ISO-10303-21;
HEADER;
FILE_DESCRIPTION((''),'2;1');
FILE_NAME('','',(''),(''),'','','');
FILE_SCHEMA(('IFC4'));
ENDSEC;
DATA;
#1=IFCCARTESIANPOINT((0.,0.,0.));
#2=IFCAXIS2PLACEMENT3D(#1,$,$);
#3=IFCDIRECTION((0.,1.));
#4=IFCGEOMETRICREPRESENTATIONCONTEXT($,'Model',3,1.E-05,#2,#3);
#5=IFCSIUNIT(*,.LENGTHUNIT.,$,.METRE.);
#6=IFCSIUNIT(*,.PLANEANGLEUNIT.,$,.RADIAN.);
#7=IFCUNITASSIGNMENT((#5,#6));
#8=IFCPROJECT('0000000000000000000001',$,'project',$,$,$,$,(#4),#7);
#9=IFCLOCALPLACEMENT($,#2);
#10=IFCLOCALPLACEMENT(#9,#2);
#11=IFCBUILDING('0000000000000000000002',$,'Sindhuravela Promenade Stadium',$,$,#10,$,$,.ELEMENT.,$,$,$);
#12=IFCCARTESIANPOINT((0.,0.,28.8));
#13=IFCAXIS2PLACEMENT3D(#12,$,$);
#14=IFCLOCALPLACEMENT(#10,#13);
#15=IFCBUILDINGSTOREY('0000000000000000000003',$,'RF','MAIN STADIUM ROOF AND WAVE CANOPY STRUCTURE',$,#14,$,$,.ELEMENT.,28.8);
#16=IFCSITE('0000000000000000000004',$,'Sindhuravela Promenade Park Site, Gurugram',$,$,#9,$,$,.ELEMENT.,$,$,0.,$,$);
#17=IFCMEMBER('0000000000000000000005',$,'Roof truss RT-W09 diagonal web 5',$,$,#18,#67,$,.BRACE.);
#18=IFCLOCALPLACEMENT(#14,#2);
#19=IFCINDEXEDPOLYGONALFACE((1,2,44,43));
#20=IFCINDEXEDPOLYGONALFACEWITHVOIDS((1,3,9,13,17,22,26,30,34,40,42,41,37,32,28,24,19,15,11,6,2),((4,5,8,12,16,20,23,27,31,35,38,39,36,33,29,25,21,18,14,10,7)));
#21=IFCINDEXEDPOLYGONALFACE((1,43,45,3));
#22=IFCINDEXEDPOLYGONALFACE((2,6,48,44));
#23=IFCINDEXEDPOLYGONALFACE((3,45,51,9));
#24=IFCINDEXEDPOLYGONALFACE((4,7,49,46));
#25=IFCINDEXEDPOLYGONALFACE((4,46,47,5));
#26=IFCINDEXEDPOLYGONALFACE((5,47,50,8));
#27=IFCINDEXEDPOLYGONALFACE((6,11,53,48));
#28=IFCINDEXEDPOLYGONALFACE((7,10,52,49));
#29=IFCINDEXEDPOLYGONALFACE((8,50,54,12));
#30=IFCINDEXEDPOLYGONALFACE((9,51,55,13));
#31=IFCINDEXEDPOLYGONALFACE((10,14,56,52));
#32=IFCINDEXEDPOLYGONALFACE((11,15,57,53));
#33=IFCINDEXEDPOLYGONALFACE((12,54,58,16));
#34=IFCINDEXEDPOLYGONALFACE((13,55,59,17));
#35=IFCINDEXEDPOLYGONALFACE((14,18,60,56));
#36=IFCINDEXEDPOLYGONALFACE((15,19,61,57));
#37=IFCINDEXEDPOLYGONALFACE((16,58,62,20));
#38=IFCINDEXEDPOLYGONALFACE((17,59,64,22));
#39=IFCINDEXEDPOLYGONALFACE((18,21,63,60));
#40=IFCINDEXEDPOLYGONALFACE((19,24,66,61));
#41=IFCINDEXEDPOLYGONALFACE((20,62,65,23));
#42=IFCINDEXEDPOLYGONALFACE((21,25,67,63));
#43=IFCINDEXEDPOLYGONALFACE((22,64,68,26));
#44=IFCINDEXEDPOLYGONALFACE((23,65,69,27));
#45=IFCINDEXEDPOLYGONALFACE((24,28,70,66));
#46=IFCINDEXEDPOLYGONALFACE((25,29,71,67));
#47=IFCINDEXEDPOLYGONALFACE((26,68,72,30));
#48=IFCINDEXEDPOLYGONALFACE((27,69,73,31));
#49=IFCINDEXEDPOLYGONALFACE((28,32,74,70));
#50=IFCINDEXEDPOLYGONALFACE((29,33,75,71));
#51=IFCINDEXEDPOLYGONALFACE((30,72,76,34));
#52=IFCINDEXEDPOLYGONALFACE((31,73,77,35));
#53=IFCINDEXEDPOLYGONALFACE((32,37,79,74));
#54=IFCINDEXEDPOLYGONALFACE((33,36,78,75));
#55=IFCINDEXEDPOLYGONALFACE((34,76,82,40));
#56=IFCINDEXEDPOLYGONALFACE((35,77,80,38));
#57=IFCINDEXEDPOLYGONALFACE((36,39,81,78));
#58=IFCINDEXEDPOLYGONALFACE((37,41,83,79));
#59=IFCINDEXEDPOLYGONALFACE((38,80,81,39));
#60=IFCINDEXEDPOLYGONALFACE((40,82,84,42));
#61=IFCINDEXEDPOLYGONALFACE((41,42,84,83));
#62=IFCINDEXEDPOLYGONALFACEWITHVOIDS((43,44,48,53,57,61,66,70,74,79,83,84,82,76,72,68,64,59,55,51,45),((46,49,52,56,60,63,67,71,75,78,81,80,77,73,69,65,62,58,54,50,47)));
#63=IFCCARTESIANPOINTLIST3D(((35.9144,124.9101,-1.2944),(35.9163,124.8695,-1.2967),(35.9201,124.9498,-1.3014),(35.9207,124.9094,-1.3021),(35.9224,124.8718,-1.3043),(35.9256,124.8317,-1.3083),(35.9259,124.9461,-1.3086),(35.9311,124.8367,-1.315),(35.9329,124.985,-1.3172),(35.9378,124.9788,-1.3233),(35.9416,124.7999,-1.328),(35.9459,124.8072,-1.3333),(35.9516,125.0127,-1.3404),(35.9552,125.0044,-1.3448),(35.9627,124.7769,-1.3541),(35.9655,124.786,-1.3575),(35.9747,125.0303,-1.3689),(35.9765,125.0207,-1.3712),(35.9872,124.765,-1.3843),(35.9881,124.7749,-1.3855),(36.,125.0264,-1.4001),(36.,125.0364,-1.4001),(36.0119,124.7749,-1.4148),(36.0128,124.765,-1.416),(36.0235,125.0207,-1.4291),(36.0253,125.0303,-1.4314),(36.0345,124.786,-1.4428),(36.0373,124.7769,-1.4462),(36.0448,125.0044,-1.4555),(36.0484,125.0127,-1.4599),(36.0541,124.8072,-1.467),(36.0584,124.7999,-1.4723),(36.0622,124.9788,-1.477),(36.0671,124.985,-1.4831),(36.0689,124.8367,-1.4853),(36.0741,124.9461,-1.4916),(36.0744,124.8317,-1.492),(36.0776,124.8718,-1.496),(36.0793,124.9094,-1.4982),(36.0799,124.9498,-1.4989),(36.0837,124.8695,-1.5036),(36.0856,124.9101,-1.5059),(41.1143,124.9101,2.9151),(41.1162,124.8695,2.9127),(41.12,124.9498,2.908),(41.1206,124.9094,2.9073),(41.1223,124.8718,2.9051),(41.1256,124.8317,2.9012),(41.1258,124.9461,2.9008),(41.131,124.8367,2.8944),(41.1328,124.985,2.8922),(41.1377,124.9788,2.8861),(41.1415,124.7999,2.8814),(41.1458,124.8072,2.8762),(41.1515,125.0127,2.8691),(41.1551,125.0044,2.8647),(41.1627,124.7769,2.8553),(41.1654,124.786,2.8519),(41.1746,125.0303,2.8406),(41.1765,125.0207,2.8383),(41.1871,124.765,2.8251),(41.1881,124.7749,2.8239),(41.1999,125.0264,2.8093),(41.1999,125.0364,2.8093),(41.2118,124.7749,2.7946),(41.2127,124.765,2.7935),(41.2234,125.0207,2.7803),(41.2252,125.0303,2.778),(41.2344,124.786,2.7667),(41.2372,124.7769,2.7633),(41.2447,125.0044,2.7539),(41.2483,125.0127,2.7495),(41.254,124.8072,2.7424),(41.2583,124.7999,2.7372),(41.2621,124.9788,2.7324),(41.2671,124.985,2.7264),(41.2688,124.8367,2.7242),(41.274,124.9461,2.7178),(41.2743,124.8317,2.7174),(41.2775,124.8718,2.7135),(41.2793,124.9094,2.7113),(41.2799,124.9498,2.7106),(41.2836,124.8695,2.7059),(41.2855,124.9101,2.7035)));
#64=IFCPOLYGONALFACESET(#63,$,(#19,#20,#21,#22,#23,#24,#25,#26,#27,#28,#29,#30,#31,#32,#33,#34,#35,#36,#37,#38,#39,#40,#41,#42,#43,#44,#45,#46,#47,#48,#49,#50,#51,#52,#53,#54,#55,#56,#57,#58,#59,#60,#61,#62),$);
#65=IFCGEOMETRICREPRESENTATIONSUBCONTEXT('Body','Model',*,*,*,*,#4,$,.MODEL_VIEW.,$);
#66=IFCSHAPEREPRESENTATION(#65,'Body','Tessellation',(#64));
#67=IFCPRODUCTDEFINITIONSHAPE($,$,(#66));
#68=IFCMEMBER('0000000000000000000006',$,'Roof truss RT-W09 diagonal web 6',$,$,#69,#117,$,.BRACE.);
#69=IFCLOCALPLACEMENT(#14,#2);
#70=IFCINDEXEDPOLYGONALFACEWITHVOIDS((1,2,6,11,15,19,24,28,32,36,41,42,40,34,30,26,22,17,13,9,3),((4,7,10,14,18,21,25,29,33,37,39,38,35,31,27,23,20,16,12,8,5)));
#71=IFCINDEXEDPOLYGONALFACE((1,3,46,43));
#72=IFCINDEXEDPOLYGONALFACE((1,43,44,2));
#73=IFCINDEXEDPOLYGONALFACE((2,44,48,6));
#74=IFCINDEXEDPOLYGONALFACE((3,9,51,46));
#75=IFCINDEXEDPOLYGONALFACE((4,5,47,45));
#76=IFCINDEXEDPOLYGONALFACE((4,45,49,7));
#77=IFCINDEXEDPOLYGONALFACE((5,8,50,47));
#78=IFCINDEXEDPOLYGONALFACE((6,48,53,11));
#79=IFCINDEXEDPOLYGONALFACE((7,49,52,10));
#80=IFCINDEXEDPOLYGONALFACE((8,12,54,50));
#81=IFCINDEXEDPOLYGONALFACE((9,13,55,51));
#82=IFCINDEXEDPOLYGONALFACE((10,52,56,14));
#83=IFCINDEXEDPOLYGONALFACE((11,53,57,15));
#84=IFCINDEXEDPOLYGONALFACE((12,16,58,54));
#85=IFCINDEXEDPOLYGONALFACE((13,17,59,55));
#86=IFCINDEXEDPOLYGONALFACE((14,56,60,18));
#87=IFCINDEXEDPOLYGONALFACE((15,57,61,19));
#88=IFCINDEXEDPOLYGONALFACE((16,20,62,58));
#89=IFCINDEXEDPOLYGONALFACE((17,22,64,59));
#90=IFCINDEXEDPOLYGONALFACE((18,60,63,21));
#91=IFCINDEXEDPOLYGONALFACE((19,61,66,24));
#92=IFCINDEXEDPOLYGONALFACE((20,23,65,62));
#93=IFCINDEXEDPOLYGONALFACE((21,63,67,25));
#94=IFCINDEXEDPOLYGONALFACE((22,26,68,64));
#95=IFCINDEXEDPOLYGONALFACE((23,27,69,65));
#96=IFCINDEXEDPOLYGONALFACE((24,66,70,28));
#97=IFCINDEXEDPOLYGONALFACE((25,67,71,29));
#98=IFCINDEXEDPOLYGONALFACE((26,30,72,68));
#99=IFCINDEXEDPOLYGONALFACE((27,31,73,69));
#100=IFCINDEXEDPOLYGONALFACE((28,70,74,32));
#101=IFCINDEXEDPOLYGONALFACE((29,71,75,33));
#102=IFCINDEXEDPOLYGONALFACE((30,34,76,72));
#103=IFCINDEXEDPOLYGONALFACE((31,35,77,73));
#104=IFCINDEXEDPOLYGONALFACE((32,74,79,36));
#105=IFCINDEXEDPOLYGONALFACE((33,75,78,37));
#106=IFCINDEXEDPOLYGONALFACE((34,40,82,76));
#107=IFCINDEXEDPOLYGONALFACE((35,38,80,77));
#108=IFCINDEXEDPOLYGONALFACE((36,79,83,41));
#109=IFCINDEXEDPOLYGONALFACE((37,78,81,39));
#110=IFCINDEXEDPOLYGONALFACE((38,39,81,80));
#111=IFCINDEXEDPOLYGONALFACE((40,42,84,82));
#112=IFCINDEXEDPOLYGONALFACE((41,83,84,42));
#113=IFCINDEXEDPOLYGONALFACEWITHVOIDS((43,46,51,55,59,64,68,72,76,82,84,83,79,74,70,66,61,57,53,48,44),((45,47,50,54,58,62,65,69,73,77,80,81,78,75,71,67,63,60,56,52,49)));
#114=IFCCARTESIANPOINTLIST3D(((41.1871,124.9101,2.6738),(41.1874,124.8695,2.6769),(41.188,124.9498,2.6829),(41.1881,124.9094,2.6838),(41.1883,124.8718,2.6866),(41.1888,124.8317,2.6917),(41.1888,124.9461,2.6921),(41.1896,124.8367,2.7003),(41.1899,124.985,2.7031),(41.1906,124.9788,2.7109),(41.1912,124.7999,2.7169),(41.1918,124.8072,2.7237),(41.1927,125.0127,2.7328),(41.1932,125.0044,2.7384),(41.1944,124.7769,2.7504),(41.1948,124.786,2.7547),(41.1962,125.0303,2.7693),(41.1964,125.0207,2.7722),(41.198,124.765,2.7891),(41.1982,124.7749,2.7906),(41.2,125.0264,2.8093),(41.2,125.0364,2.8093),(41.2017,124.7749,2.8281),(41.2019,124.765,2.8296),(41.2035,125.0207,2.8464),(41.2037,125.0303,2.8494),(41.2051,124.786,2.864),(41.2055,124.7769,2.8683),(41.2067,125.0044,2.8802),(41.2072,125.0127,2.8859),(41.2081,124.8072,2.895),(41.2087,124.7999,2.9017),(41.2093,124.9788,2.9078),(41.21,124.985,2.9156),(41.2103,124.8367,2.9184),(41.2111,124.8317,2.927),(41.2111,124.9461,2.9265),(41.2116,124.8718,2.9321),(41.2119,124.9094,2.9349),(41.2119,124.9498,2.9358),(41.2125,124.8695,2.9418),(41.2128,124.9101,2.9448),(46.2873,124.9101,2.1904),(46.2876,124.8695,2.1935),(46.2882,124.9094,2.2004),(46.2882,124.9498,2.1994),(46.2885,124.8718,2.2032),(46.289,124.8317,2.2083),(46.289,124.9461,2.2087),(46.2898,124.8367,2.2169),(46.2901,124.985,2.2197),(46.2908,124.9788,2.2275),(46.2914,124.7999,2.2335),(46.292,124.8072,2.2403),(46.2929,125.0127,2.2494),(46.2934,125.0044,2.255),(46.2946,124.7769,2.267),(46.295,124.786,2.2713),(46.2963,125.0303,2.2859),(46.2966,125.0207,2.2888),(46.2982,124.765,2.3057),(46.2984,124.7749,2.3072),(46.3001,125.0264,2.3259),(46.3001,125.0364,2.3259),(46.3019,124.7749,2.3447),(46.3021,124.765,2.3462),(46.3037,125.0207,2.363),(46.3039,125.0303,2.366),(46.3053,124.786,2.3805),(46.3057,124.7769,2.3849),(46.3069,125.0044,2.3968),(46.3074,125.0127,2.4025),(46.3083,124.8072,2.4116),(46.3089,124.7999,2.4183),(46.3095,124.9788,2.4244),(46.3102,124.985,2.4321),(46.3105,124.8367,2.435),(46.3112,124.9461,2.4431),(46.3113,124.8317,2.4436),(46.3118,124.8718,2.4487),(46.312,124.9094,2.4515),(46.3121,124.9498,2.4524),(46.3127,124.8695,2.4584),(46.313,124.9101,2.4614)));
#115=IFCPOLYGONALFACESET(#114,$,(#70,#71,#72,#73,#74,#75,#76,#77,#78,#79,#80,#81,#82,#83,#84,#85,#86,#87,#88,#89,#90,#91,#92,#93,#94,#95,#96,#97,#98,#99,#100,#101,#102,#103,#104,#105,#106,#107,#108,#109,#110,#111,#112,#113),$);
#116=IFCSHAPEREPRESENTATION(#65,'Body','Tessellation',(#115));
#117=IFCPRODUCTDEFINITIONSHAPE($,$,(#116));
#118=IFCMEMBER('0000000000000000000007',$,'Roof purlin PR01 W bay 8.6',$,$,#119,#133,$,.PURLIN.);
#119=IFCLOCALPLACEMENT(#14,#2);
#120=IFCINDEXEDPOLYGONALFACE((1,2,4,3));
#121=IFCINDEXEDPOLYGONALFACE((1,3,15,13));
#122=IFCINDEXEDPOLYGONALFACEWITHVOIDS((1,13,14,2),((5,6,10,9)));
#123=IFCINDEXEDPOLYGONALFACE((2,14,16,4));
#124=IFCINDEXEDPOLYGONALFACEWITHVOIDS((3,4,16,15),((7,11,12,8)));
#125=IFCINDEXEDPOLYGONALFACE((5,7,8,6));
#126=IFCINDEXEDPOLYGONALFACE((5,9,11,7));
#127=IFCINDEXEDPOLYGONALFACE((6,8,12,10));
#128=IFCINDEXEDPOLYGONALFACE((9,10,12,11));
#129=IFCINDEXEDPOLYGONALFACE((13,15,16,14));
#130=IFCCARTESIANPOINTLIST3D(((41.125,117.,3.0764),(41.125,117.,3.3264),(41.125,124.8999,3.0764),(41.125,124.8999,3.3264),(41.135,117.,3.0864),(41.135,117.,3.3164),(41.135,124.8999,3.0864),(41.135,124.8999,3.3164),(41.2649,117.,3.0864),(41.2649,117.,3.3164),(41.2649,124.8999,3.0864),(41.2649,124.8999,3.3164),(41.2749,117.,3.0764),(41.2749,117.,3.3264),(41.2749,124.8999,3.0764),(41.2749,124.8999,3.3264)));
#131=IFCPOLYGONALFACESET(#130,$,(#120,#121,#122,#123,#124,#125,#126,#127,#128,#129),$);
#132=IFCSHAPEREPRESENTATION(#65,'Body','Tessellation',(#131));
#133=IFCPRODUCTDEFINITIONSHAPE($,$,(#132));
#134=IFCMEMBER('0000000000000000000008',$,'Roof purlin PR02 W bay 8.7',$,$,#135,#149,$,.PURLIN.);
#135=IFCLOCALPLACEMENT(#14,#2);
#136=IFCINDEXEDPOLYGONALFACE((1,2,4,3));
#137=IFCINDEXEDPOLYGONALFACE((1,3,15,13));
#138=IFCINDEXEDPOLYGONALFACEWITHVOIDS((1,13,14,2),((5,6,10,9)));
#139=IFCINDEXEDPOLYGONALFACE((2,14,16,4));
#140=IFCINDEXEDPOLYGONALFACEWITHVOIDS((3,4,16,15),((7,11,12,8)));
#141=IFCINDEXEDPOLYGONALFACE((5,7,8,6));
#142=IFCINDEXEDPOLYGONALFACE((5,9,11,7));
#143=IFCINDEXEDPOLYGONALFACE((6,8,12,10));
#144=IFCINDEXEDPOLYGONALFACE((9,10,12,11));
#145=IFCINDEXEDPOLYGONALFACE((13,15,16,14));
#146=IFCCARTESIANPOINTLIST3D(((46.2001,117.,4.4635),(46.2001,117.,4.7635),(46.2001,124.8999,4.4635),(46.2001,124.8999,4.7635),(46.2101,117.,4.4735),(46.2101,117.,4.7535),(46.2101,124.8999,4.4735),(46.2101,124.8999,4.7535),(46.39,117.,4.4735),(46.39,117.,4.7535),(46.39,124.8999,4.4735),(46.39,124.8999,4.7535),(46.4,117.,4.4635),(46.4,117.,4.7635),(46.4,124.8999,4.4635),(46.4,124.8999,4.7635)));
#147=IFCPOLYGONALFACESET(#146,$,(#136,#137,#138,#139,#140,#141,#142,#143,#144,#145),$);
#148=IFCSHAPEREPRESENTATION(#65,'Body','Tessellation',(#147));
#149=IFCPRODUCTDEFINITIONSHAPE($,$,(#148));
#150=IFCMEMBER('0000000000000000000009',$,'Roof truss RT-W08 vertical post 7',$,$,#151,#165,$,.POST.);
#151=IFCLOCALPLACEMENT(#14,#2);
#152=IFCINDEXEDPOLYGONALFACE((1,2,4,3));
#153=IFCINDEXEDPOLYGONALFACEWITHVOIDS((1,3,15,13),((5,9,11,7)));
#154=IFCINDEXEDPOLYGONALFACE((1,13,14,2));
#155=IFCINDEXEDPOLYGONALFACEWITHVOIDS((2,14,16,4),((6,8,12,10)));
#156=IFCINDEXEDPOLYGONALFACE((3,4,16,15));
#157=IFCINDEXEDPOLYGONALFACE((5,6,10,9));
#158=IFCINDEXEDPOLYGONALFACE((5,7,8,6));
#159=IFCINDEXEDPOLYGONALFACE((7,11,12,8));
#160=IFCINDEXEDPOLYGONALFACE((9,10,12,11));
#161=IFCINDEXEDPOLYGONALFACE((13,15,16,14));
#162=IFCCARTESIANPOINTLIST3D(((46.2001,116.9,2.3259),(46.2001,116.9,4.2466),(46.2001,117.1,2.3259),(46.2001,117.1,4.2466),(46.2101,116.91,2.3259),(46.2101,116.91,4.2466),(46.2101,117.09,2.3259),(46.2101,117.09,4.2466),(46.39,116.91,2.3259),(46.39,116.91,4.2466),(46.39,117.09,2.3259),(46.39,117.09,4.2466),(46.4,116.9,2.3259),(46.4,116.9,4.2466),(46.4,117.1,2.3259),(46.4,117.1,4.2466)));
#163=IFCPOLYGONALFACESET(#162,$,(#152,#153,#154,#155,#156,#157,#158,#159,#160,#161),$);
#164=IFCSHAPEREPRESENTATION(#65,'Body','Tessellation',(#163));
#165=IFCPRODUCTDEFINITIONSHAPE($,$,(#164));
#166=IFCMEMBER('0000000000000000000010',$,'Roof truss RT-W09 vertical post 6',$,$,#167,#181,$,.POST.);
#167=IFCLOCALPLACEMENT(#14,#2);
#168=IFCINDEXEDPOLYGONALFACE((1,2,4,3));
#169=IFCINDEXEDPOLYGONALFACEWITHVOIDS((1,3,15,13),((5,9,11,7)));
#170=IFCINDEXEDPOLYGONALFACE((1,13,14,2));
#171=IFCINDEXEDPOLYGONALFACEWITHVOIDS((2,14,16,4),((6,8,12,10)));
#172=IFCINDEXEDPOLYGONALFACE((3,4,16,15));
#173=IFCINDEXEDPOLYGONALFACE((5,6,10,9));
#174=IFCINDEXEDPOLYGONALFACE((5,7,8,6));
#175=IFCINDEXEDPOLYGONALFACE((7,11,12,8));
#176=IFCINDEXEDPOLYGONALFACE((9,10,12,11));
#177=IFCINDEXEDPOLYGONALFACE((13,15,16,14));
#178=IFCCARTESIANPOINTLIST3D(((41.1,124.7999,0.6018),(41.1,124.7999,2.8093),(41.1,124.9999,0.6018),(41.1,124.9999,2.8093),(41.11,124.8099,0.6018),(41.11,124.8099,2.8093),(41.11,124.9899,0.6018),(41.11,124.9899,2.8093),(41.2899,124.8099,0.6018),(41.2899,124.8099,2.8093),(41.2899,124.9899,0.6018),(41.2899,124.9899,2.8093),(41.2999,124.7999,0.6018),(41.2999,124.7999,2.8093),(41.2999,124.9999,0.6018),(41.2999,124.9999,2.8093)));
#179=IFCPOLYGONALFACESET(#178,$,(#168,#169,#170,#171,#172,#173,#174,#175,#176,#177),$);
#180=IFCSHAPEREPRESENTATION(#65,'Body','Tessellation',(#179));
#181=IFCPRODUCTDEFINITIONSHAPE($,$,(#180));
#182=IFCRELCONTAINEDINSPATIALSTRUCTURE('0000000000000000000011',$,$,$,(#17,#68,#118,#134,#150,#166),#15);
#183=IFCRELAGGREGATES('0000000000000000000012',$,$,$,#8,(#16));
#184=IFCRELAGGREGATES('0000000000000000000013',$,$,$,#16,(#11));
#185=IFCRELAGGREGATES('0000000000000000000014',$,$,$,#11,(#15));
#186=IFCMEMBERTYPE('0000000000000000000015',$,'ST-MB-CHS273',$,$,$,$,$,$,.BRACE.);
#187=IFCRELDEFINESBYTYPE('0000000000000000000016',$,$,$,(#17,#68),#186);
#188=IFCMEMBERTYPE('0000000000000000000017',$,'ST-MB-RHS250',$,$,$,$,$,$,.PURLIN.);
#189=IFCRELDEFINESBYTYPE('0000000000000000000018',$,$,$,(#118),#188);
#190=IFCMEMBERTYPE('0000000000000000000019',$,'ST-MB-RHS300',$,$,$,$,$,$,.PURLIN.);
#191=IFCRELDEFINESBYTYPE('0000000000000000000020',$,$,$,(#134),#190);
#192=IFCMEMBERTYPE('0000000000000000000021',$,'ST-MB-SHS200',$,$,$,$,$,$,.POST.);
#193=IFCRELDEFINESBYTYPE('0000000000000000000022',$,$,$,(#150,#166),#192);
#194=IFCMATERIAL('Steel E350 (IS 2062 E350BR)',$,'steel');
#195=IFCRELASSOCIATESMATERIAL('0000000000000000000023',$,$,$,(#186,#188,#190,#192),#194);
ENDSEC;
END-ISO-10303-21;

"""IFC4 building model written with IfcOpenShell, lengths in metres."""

from ifc_helpers import new_model, si_unit, direction, frame, origin, origin_2d, place, context, subcontext, project, spatial, hollow_rectangle, hollow_circle, extrude, material, material_profile, profile_set, type_object, element, save


model = new_model("IFC4")

# Units and contexts
model_context = context("Model", 3, precision=1e-05, world=origin(), true_north=direction((0.0, 1.0)))
body_context = subcontext(model_context, "Body", "Model", "MODEL_VIEW")
ifc_project = project(units=[si_unit("LENGTHUNIT", "METRE"), si_unit("PLANEANGLEUNIT", "RADIAN")], contexts=[model_context])

# Site, building, storey
site_placement = place(None, origin())
site = spatial("IfcSite", under=ifc_project, at=site_placement, Name="Sindhuravela Promenade Park Site, Gurugram", CompositionType="ELEMENT", RefElevation=0.0)
building_placement = place(site_placement, origin())
building = spatial("IfcBuilding", under=site, at=building_placement, Name="Sindhuravela Promenade Stadium", CompositionType="ELEMENT")
storey_placement = place(building_placement, frame((0.0, 0.0, 28.8)))
storey = spatial("IfcBuildingStorey", under=building, at=storey_placement, Name="RF", Description="MAIN STADIUM ROOF AND WAVE CANOPY STRUCTURE", CompositionType="ELEMENT", Elevation=28.8)

# Shared definitions
ifc_material_1 = material(Name="Steel E350 (IS 2062 E350BR)", Category="steel")

# Members
ifc_material_profile_1 = material_profile(ifc_material_1, hollow_circle(Radius=0.1365, WallThickness=0.01, at=origin_2d()), Name="CHS 273.0x10")
ifc_profile_set_1 = profile_set([ifc_material_profile_1], Name="Steel E350 (IS 2062 E350BR)")
member_type_1 = type_object("IfcMemberType", Name="ST-MB-CHS273", PredefinedType="BRACE", material=ifc_profile_set_1)
member_1_placement = place(storey_placement, frame((36.0, 124.8999, -1.4001), z_axis=(0.777246, 0.0, 0.629197), x_axis=(0.0, 1.0, 0.0)))
element("IfcMember", 1, at=member_1_placement, inside=storey, type_object=member_type_1, Name="Roof truss RT-W09 diagonal web 5", PredefinedType="BRACE", context=body_context, shape_type="SweptSolid", body=[
    extrude(hollow_circle(Radius=0.1365, WallThickness=0.01, at=origin_2d()), origin(), (0.0, 0.0, 1.0), 6.6902),
])
member_2_placement = place(storey_placement, frame((41.2, 124.8999, 2.8093), z_axis=(0.995538, 0.0, -0.094359), x_axis=(0.0, 1.0, 0.0)))
element("IfcMember", 2, at=member_2_placement, inside=storey, type_object=member_type_1, Name="Roof truss RT-W09 diagonal web 6", PredefinedType="BRACE", context=body_context, shape_type="SweptSolid", body=[
    extrude(hollow_circle(Radius=0.1365, WallThickness=0.01, at=origin_2d()), origin(), (0.0, 0.0, 1.0), 5.123),
])
ifc_material_profile_2 = material_profile(ifc_material_1, hollow_rectangle(XDim=0.1499, YDim=0.25, WallThickness=0.01, at=origin_2d()), Name="RHS 250x150x10")
ifc_profile_set_2 = profile_set([ifc_material_profile_2], Name="Steel E350 (IS 2062 E350BR)")
member_type_2 = type_object("IfcMemberType", Name="ST-MB-RHS250", PredefinedType="PURLIN", material=ifc_profile_set_2)
member_3_placement = place(storey_placement, frame((41.2, 117.0, 3.2014), z_axis=(0.0, 1.0, 0.0), x_axis=(-1.0, 0.0, 0.0)))
element("IfcMember", 3, at=member_3_placement, inside=storey, type_object=member_type_2, Name="Roof purlin PR01 W bay 8.6", PredefinedType="PURLIN", context=body_context, shape_type="SweptSolid", body=[
    extrude(hollow_rectangle(XDim=0.1499, YDim=0.25, WallThickness=0.01, at=origin_2d()), origin(), (0.0, 0.0, 1.0), 7.8999),
])
ifc_material_profile_3 = material_profile(ifc_material_1, hollow_rectangle(XDim=0.2, YDim=0.3, WallThickness=0.01, at=origin_2d()), Name="RHS 300x200x10")
ifc_profile_set_3 = profile_set([ifc_material_profile_3], Name="Steel E350 (IS 2062 E350BR)")
member_type_3 = type_object("IfcMemberType", Name="ST-MB-RHS300", PredefinedType="PURLIN", material=ifc_profile_set_3)
member_4_placement = place(storey_placement, frame((46.3, 117.0, 4.6135), z_axis=(0.0, 1.0, 0.0), x_axis=(-1.0, 0.0, 0.0)))
element("IfcMember", 4, at=member_4_placement, inside=storey, type_object=member_type_3, Name="Roof purlin PR02 W bay 8.7", PredefinedType="PURLIN", context=body_context, shape_type="SweptSolid", body=[
    extrude(hollow_rectangle(XDim=0.2, YDim=0.3, WallThickness=0.01, at=origin_2d()), origin(), (0.0, 0.0, 1.0), 7.8999),
])
ifc_material_profile_4 = material_profile(ifc_material_1, hollow_rectangle(XDim=0.2, YDim=0.2, WallThickness=0.01, at=origin_2d()), Name="SHS 200x200x10")
ifc_profile_set_4 = profile_set([ifc_material_profile_4], Name="Steel E350 (IS 2062 E350BR)")
member_type_4 = type_object("IfcMemberType", Name="ST-MB-SHS200", PredefinedType="POST", material=ifc_profile_set_4)
member_5_placement = place(storey_placement, frame((46.3, 117.0, 2.3259), z_axis=(0.0, 0.0, 1.0), x_axis=(1.0, 0.0, 0.0)))
element("IfcMember", 5, at=member_5_placement, inside=storey, type_object=member_type_4, Name="Roof truss RT-W08 vertical post 7", PredefinedType="POST", context=body_context, shape_type="SweptSolid", body=[
    extrude(hollow_rectangle(XDim=0.2, YDim=0.2, WallThickness=0.01, at=origin_2d()), origin(), (0.0, 0.0, 1.0), 1.9207),
])
member_6_placement = place(storey_placement, frame((41.2, 124.8999, 0.6018), z_axis=(0.0, 0.0, 1.0), x_axis=(1.0, 0.0, 0.0)))
element("IfcMember", 6, at=member_6_placement, inside=storey, type_object=member_type_4, Name="Roof truss RT-W09 vertical post 6", PredefinedType="POST", context=body_context, shape_type="SweptSolid", body=[
    extrude(hollow_rectangle(XDim=0.2, YDim=0.2, WallThickness=0.01, at=origin_2d()), origin(), (0.0, 0.0, 1.0), 2.2075),
])

save(model, "model.ifc")
